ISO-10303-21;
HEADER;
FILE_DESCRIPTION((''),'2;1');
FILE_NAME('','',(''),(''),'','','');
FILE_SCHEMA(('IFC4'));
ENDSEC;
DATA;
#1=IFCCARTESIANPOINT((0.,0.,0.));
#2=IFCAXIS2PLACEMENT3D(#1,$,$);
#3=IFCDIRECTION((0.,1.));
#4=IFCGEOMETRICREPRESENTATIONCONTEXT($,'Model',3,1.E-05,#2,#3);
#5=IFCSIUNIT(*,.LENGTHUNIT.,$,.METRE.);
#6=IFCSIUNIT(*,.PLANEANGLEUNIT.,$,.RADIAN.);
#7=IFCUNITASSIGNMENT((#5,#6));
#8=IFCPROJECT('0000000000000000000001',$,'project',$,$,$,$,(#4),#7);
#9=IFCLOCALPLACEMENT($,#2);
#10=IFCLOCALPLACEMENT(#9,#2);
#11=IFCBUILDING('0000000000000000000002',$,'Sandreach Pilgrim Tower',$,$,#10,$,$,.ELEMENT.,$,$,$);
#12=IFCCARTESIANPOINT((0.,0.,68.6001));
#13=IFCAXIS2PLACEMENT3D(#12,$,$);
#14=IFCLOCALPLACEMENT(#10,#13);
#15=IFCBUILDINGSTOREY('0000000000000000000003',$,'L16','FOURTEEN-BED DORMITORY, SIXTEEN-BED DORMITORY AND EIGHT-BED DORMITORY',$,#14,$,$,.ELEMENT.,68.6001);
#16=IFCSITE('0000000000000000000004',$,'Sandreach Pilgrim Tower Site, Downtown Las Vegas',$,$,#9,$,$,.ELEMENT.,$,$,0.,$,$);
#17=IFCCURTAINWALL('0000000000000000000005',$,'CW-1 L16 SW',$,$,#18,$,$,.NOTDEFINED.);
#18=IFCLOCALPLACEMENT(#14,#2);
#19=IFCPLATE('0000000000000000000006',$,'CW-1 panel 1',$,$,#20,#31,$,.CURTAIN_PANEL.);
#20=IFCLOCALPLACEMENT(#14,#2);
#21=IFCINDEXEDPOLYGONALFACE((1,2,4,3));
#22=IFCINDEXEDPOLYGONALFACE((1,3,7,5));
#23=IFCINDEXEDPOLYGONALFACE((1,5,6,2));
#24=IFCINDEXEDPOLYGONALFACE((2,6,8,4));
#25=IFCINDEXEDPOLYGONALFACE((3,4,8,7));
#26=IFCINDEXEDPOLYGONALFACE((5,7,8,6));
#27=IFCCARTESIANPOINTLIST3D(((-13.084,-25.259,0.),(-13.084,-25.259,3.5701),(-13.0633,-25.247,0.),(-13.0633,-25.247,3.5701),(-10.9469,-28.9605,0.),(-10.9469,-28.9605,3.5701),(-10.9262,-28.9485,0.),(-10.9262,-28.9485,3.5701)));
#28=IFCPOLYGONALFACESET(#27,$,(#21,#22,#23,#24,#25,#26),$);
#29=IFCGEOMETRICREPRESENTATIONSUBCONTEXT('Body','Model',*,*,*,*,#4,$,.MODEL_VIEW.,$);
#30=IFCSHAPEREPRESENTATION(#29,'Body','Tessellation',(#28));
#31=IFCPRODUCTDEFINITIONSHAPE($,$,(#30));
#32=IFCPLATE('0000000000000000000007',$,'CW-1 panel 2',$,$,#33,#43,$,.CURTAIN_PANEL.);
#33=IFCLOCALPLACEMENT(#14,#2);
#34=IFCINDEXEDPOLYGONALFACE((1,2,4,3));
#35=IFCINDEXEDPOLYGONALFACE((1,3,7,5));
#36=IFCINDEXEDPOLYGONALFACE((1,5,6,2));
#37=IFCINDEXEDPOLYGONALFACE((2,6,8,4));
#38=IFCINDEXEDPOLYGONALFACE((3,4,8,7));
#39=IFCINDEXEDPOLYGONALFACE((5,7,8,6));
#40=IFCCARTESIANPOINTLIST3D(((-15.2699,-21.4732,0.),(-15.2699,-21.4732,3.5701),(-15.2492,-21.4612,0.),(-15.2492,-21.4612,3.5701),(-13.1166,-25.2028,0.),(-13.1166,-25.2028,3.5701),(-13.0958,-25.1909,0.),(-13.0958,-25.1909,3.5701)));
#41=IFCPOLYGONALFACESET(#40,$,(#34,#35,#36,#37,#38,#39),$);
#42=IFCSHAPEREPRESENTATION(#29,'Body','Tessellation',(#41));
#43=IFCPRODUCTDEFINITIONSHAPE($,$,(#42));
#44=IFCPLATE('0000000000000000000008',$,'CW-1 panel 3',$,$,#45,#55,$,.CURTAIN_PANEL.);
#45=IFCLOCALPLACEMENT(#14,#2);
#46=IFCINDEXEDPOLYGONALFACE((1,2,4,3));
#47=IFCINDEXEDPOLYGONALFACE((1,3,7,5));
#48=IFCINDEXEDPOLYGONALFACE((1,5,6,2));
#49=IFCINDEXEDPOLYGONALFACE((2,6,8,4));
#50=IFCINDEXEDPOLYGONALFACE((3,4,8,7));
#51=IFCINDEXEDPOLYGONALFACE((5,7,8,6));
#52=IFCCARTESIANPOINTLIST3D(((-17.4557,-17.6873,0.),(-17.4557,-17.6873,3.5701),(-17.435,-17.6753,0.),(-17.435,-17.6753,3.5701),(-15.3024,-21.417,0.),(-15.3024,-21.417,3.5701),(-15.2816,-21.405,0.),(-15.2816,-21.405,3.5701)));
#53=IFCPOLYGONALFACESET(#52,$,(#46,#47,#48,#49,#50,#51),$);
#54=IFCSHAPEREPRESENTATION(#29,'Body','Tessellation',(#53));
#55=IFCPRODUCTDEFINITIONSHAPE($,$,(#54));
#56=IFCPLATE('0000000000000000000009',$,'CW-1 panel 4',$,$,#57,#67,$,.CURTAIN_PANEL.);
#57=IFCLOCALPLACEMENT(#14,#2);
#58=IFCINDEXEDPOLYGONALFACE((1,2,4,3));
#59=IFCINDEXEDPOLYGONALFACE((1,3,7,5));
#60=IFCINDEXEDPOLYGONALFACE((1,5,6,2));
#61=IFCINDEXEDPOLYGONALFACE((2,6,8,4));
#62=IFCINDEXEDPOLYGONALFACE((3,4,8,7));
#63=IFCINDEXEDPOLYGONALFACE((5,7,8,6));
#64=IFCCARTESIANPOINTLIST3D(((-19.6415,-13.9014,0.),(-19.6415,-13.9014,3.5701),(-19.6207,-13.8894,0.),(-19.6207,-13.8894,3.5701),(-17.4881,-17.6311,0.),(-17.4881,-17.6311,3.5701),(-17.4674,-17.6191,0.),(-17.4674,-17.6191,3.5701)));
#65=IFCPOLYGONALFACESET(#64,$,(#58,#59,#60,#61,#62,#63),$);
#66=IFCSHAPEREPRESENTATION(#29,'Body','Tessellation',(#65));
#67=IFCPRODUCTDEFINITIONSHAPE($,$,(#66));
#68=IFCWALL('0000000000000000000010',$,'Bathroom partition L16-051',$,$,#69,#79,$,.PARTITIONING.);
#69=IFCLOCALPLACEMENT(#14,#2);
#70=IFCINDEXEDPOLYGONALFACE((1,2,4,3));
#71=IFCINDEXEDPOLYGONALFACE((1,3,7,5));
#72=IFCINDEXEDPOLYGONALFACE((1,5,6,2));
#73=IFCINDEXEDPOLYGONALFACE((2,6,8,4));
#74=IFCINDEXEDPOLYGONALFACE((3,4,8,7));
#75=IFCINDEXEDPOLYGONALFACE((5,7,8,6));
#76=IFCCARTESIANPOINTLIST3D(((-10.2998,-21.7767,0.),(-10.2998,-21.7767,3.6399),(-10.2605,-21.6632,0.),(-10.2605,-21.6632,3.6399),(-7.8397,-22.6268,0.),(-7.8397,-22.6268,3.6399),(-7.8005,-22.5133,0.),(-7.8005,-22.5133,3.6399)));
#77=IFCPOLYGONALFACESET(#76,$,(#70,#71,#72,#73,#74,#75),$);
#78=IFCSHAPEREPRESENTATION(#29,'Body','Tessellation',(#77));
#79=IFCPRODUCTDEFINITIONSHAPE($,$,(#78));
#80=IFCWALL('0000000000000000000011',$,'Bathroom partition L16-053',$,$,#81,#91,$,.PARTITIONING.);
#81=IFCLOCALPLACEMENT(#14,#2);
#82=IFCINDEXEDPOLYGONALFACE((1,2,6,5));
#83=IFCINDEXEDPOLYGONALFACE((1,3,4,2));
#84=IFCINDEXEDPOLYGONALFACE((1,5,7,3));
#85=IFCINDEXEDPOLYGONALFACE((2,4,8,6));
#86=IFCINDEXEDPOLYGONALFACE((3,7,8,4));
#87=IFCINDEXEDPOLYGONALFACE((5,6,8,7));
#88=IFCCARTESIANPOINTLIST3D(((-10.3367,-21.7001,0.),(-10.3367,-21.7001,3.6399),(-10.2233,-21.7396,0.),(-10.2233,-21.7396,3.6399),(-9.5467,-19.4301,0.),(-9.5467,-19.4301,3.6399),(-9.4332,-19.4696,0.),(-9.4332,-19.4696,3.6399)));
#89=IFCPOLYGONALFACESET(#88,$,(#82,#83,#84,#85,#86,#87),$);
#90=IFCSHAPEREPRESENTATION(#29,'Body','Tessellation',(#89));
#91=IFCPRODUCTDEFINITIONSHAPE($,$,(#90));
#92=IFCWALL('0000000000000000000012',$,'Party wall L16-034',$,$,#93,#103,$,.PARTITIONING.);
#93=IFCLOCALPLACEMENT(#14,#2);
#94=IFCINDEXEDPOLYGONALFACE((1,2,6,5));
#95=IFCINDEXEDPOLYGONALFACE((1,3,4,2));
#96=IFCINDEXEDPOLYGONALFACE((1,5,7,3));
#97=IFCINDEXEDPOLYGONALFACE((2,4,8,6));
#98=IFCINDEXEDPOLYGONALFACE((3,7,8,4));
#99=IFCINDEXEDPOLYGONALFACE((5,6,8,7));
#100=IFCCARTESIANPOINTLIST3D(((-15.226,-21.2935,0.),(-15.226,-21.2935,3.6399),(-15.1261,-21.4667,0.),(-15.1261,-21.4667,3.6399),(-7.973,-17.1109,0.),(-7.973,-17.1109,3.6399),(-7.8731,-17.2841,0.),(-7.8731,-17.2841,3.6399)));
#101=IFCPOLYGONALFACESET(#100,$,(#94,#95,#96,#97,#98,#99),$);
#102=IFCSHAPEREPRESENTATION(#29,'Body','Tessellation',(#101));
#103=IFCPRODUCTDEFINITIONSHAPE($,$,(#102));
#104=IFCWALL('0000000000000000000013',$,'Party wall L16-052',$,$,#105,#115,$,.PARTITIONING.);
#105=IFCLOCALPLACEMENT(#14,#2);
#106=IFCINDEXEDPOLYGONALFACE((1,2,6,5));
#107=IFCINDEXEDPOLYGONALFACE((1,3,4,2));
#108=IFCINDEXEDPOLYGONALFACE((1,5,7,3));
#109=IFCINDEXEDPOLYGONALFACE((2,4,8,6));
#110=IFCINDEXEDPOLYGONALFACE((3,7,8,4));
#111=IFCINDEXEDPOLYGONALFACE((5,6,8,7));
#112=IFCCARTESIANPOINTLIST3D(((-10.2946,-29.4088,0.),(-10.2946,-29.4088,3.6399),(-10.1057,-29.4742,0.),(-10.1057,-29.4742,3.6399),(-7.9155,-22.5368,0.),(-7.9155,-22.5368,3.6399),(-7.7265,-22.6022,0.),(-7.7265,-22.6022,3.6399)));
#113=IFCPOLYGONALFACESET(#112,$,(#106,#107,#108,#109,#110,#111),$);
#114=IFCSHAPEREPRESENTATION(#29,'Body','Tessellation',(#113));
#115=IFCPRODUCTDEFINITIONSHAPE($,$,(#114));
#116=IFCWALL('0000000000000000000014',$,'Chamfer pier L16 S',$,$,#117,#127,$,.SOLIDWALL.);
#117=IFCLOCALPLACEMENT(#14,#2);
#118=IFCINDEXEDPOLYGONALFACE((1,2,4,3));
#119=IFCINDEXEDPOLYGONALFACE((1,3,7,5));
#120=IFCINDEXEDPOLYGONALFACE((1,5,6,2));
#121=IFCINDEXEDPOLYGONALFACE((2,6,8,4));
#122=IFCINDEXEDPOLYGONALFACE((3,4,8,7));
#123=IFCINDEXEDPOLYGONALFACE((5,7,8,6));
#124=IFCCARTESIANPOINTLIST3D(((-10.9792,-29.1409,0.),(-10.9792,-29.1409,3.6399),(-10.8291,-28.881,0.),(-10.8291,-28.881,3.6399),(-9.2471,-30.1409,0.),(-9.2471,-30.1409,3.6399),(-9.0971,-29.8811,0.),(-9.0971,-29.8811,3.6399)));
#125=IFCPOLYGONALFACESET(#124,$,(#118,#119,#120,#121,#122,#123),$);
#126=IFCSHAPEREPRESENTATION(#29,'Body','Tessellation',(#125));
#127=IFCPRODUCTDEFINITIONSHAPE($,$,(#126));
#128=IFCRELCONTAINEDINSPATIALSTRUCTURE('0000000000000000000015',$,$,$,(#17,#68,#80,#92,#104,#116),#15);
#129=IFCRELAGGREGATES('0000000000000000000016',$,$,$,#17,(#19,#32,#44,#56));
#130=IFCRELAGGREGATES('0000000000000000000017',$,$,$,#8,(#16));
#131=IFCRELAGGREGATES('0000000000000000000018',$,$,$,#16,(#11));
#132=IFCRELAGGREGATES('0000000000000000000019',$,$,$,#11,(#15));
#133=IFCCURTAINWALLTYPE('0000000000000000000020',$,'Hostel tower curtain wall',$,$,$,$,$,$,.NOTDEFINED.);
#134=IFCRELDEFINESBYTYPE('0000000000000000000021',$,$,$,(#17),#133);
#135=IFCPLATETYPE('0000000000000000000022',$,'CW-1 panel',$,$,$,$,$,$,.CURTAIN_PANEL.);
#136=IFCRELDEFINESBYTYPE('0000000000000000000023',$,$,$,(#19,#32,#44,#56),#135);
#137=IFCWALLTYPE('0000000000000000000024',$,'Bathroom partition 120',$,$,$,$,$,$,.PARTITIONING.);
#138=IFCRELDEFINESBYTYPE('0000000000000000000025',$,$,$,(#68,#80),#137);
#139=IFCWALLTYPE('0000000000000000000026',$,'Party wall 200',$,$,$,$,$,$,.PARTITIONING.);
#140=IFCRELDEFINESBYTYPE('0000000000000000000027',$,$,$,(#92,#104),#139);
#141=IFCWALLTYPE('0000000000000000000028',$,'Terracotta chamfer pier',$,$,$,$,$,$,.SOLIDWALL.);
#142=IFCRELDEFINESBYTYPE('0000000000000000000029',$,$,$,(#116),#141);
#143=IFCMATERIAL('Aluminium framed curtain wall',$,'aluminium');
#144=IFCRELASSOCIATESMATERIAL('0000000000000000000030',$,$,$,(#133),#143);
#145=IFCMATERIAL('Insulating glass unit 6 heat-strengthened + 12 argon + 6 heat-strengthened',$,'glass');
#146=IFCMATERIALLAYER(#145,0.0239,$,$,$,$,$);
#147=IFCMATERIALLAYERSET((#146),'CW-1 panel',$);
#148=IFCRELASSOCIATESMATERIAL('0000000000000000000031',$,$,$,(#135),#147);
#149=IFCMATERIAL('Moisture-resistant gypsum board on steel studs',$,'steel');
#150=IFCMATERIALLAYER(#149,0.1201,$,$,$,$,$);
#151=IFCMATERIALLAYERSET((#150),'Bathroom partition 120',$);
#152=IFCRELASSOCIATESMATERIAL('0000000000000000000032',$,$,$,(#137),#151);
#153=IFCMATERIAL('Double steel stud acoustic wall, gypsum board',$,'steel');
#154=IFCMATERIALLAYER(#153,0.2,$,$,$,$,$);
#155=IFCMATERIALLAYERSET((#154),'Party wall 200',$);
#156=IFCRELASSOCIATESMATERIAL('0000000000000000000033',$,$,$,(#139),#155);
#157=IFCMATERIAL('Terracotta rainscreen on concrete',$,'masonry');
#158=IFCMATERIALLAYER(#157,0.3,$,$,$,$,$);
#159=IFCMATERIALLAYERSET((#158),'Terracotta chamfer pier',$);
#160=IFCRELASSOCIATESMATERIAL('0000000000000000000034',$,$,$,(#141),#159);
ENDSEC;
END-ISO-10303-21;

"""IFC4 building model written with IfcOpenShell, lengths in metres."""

from ifc_helpers import new_model, si_unit, direction, frame, frame_2d, origin, origin_2d, place, context, subcontext, project, spatial, rectangle, extrude, material, layer, layer_set, type_object, element, aggregate, save


model = new_model("IFC4")

# Units and contexts
model_context = context("Model", 3, precision=1e-05, world=origin(), true_north=direction((0.0, 1.0)))
body_context = subcontext(model_context, "Body", "Model", "MODEL_VIEW")
ifc_project = project(units=[si_unit("LENGTHUNIT", "METRE"), si_unit("PLANEANGLEUNIT", "RADIAN")], contexts=[model_context])

# Site, building, storey
site_placement = place(None, origin())
site = spatial("IfcSite", under=ifc_project, at=site_placement, Name="Sandreach Pilgrim Tower Site, Downtown Las Vegas", CompositionType="ELEMENT", RefElevation=0.0)
building_placement = place(site_placement, origin())
building = spatial("IfcBuilding", under=site, at=building_placement, Name="Sandreach Pilgrim Tower", CompositionType="ELEMENT")
storey_placement = place(building_placement, frame((0.0, 0.0, 68.6001)))
storey = spatial("IfcBuildingStorey", under=building, at=storey_placement, Name="L16", Description="FOURTEEN-BED DORMITORY, SIXTEEN-BED DORMITORY AND EIGHT-BED DORMITORY", CompositionType="ELEMENT", Elevation=68.6001)

# Shared definitions
ifc_material_1 = material(Name="Aluminium framed curtain wall", Category="aluminium")
curtain_wall_type = type_object("IfcCurtainWallType", Name="Hostel tower curtain wall", PredefinedType="NOTDEFINED", material=ifc_material_1)

# Curtain wall
curtain_wall_1_placement = place(storey_placement, origin())
curtain_wall_1 = element("IfcCurtainWall", 1, at=curtain_wall_1_placement, inside=storey, type_object=curtain_wall_type, Name="CW-1 L16 SW", PredefinedType="NOTDEFINED")

# Plates
ifc_material_2 = material(Name="Insulating glass unit 6 heat-strengthened + 12 argon + 6 heat-strengthened", Category="glass")
ifc_layer_1 = layer(ifc_material_2, 0.0239)
ifc_layer_set_1 = layer_set([ifc_layer_1], Name="CW-1 panel")
plate_type = type_object("IfcPlateType", Name="CW-1 panel", PredefinedType="CURTAIN_PANEL", material=ifc_layer_set_1)
plate_1_placement = place(storey_placement, frame((-12.0051, -27.1038, 0.0), z_axis=(0.0, 0.0, 1.0), x_axis=(-0.5, 0.866025, 0.0)))
plate_1 = element("IfcPlate", 2, at=plate_1_placement, type_object=plate_type, Name="CW-1 panel 1", PredefinedType="CURTAIN_PANEL", context=body_context, shape_type="SweptSolid", body=[
    extrude(rectangle(XDim=4.2742, YDim=0.0239, at=origin_2d()), origin(), (0.0, 0.0, 1.0), 3.5701),
])
plate_2_placement = place(storey_placement, frame((-14.1829, -23.332, 0.0), z_axis=(0.0, 0.0, 1.0), x_axis=(-0.5, 0.866025, 0.0)))
plate_2 = element("IfcPlate", 3, at=plate_2_placement, type_object=plate_type, Name="CW-1 panel 2", PredefinedType="CURTAIN_PANEL", context=body_context, shape_type="SweptSolid", body=[
    extrude(rectangle(XDim=4.3066, YDim=0.0239, at=origin_2d()), origin(), (0.0, 0.0, 1.0), 3.5701),
])
plate_3_placement = place(storey_placement, frame((-16.3687, -19.5461, 0.0), z_axis=(0.0, 0.0, 1.0), x_axis=(-0.5, 0.866025, 0.0)))
plate_3 = element("IfcPlate", 4, at=plate_3_placement, type_object=plate_type, Name="CW-1 panel 3", PredefinedType="CURTAIN_PANEL", context=body_context, shape_type="SweptSolid", body=[
    extrude(rectangle(XDim=4.3066, YDim=0.0239, at=origin_2d()), origin(), (0.0, 0.0, 1.0), 3.5701),
])
plate_4_placement = place(storey_placement, frame((-18.5544, -15.7603, 0.0), z_axis=(0.0, 0.0, 1.0), x_axis=(-0.5, 0.866025, 0.0)))
plate_4 = element("IfcPlate", 5, at=plate_4_placement, type_object=plate_type, Name="CW-1 panel 4", PredefinedType="CURTAIN_PANEL", context=body_context, shape_type="SweptSolid", body=[
    extrude(rectangle(XDim=4.3066, YDim=0.0239, at=origin_2d()), origin(), (0.0, 0.0, 1.0), 3.5701),
])
aggregate(curtain_wall_1, [plate_1, plate_2, plate_3, plate_4])

# Walls
ifc_material_3 = material(Name="Moisture-resistant gypsum board on steel studs", Category="steel")
ifc_layer_2 = layer(ifc_material_3, 0.1201)
ifc_layer_set_2 = layer_set([ifc_layer_2], Name="Bathroom partition 120")
wall_type_1 = type_object("IfcWallType", Name="Bathroom partition 120", PredefinedType="PARTITIONING", material=ifc_layer_set_2)
wall_1_placement = place(storey_placement, frame((-10.28, -21.72, 0.0), z_axis=(0.0, 0.0, 1.0), x_axis=(0.945155, -0.326621, 0.0)))
element("IfcWall", 6, at=wall_1_placement, inside=storey, type_object=wall_type_1, Name="Bathroom partition L16-051", PredefinedType="PARTITIONING", context=body_context, shape_type="SweptSolid", body=[
    extrude(rectangle(XDim=2.6028, YDim=0.1201, at=frame_2d((1.3013, 0.0))), origin(), (0.0, 0.0, 1.0), 3.6399),
])
wall_2_placement = place(storey_placement, frame((-9.49, -19.45, 0.0), z_axis=(0.0, 0.0, 1.0), x_axis=(-0.328694, -0.944436, 0.0)))
element("IfcWall", 7, at=wall_2_placement, inside=storey, type_object=wall_type_1, Name="Bathroom partition L16-053", PredefinedType="PARTITIONING", context=body_context, shape_type="SweptSolid", body=[
    extrude(rectangle(XDim=2.4036, YDim=0.1201, at=frame_2d((1.2017, 0.0))), origin(), (0.0, 0.0, 1.0), 3.6399),
])
ifc_material_4 = material(Name="Double steel stud acoustic wall, gypsum board", Category="steel")
ifc_layer_3 = layer(ifc_material_4, 0.2)
ifc_layer_set_3 = layer_set([ifc_layer_3], Name="Party wall 200")
wall_type_2 = type_object("IfcWallType", Name="Party wall 200", PredefinedType="PARTITIONING", material=ifc_layer_set_3)
wall_3_placement = place(storey_placement, frame((-15.176, -21.3801, 0.0), z_axis=(0.0, 0.0, 1.0), x_axis=(0.866277, 0.499564, 0.0)))
element("IfcWall", 8, at=wall_3_placement, inside=storey, type_object=wall_type_2, Name="Party wall L16-034", PredefinedType="PARTITIONING", context=body_context, shape_type="SweptSolid", body=[
    extrude(rectangle(XDim=8.3726, YDim=0.2, at=frame_2d((4.1863, 0.0))), origin(), (0.0, 0.0, 1.0), 3.6399),
])
wall_4_placement = place(storey_placement, frame((-10.2002, -29.4417, 0.0), z_axis=(0.0, 0.0, 1.0), x_axis=(0.327154, 0.944971, 0.0)))
element("IfcWall", 9, at=wall_4_placement, inside=storey, type_object=wall_type_2, Name="Party wall L16-052", PredefinedType="PARTITIONING", context=body_context, shape_type="SweptSolid", body=[
    extrude(rectangle(XDim=7.2722, YDim=0.2, at=frame_2d((3.6362, 0.0))), origin(), (0.0, 0.0, 1.0), 3.6399),
])
ifc_material_5 = material(Name="Terracotta rainscreen on concrete", Category="masonry")
ifc_layer_4 = layer(ifc_material_5, 0.3)
ifc_layer_set_4 = layer_set([ifc_layer_4], Name="Terracotta chamfer pier")
wall_type_3 = type_object("IfcWallType", Name="Terracotta chamfer pier", PredefinedType="SOLIDWALL", material=ifc_layer_set_4)
wall_5_placement = place(storey_placement, frame((-9.1721, -30.011, 0.0), z_axis=(0.0, 0.0, 1.0), x_axis=(-0.866011, 0.500025, 0.0)))
element("IfcWall", 10, at=wall_5_placement, inside=storey, type_object=wall_type_3, Name="Chamfer pier L16 S", PredefinedType="SOLIDWALL", context=body_context, shape_type="SweptSolid", body=[
    extrude(rectangle(XDim=2.0, YDim=0.3, at=frame_2d((1.0, 0.0))), origin(), (0.0, 0.0, 1.0), 3.6399),
])

save(model, "model.ifc")
